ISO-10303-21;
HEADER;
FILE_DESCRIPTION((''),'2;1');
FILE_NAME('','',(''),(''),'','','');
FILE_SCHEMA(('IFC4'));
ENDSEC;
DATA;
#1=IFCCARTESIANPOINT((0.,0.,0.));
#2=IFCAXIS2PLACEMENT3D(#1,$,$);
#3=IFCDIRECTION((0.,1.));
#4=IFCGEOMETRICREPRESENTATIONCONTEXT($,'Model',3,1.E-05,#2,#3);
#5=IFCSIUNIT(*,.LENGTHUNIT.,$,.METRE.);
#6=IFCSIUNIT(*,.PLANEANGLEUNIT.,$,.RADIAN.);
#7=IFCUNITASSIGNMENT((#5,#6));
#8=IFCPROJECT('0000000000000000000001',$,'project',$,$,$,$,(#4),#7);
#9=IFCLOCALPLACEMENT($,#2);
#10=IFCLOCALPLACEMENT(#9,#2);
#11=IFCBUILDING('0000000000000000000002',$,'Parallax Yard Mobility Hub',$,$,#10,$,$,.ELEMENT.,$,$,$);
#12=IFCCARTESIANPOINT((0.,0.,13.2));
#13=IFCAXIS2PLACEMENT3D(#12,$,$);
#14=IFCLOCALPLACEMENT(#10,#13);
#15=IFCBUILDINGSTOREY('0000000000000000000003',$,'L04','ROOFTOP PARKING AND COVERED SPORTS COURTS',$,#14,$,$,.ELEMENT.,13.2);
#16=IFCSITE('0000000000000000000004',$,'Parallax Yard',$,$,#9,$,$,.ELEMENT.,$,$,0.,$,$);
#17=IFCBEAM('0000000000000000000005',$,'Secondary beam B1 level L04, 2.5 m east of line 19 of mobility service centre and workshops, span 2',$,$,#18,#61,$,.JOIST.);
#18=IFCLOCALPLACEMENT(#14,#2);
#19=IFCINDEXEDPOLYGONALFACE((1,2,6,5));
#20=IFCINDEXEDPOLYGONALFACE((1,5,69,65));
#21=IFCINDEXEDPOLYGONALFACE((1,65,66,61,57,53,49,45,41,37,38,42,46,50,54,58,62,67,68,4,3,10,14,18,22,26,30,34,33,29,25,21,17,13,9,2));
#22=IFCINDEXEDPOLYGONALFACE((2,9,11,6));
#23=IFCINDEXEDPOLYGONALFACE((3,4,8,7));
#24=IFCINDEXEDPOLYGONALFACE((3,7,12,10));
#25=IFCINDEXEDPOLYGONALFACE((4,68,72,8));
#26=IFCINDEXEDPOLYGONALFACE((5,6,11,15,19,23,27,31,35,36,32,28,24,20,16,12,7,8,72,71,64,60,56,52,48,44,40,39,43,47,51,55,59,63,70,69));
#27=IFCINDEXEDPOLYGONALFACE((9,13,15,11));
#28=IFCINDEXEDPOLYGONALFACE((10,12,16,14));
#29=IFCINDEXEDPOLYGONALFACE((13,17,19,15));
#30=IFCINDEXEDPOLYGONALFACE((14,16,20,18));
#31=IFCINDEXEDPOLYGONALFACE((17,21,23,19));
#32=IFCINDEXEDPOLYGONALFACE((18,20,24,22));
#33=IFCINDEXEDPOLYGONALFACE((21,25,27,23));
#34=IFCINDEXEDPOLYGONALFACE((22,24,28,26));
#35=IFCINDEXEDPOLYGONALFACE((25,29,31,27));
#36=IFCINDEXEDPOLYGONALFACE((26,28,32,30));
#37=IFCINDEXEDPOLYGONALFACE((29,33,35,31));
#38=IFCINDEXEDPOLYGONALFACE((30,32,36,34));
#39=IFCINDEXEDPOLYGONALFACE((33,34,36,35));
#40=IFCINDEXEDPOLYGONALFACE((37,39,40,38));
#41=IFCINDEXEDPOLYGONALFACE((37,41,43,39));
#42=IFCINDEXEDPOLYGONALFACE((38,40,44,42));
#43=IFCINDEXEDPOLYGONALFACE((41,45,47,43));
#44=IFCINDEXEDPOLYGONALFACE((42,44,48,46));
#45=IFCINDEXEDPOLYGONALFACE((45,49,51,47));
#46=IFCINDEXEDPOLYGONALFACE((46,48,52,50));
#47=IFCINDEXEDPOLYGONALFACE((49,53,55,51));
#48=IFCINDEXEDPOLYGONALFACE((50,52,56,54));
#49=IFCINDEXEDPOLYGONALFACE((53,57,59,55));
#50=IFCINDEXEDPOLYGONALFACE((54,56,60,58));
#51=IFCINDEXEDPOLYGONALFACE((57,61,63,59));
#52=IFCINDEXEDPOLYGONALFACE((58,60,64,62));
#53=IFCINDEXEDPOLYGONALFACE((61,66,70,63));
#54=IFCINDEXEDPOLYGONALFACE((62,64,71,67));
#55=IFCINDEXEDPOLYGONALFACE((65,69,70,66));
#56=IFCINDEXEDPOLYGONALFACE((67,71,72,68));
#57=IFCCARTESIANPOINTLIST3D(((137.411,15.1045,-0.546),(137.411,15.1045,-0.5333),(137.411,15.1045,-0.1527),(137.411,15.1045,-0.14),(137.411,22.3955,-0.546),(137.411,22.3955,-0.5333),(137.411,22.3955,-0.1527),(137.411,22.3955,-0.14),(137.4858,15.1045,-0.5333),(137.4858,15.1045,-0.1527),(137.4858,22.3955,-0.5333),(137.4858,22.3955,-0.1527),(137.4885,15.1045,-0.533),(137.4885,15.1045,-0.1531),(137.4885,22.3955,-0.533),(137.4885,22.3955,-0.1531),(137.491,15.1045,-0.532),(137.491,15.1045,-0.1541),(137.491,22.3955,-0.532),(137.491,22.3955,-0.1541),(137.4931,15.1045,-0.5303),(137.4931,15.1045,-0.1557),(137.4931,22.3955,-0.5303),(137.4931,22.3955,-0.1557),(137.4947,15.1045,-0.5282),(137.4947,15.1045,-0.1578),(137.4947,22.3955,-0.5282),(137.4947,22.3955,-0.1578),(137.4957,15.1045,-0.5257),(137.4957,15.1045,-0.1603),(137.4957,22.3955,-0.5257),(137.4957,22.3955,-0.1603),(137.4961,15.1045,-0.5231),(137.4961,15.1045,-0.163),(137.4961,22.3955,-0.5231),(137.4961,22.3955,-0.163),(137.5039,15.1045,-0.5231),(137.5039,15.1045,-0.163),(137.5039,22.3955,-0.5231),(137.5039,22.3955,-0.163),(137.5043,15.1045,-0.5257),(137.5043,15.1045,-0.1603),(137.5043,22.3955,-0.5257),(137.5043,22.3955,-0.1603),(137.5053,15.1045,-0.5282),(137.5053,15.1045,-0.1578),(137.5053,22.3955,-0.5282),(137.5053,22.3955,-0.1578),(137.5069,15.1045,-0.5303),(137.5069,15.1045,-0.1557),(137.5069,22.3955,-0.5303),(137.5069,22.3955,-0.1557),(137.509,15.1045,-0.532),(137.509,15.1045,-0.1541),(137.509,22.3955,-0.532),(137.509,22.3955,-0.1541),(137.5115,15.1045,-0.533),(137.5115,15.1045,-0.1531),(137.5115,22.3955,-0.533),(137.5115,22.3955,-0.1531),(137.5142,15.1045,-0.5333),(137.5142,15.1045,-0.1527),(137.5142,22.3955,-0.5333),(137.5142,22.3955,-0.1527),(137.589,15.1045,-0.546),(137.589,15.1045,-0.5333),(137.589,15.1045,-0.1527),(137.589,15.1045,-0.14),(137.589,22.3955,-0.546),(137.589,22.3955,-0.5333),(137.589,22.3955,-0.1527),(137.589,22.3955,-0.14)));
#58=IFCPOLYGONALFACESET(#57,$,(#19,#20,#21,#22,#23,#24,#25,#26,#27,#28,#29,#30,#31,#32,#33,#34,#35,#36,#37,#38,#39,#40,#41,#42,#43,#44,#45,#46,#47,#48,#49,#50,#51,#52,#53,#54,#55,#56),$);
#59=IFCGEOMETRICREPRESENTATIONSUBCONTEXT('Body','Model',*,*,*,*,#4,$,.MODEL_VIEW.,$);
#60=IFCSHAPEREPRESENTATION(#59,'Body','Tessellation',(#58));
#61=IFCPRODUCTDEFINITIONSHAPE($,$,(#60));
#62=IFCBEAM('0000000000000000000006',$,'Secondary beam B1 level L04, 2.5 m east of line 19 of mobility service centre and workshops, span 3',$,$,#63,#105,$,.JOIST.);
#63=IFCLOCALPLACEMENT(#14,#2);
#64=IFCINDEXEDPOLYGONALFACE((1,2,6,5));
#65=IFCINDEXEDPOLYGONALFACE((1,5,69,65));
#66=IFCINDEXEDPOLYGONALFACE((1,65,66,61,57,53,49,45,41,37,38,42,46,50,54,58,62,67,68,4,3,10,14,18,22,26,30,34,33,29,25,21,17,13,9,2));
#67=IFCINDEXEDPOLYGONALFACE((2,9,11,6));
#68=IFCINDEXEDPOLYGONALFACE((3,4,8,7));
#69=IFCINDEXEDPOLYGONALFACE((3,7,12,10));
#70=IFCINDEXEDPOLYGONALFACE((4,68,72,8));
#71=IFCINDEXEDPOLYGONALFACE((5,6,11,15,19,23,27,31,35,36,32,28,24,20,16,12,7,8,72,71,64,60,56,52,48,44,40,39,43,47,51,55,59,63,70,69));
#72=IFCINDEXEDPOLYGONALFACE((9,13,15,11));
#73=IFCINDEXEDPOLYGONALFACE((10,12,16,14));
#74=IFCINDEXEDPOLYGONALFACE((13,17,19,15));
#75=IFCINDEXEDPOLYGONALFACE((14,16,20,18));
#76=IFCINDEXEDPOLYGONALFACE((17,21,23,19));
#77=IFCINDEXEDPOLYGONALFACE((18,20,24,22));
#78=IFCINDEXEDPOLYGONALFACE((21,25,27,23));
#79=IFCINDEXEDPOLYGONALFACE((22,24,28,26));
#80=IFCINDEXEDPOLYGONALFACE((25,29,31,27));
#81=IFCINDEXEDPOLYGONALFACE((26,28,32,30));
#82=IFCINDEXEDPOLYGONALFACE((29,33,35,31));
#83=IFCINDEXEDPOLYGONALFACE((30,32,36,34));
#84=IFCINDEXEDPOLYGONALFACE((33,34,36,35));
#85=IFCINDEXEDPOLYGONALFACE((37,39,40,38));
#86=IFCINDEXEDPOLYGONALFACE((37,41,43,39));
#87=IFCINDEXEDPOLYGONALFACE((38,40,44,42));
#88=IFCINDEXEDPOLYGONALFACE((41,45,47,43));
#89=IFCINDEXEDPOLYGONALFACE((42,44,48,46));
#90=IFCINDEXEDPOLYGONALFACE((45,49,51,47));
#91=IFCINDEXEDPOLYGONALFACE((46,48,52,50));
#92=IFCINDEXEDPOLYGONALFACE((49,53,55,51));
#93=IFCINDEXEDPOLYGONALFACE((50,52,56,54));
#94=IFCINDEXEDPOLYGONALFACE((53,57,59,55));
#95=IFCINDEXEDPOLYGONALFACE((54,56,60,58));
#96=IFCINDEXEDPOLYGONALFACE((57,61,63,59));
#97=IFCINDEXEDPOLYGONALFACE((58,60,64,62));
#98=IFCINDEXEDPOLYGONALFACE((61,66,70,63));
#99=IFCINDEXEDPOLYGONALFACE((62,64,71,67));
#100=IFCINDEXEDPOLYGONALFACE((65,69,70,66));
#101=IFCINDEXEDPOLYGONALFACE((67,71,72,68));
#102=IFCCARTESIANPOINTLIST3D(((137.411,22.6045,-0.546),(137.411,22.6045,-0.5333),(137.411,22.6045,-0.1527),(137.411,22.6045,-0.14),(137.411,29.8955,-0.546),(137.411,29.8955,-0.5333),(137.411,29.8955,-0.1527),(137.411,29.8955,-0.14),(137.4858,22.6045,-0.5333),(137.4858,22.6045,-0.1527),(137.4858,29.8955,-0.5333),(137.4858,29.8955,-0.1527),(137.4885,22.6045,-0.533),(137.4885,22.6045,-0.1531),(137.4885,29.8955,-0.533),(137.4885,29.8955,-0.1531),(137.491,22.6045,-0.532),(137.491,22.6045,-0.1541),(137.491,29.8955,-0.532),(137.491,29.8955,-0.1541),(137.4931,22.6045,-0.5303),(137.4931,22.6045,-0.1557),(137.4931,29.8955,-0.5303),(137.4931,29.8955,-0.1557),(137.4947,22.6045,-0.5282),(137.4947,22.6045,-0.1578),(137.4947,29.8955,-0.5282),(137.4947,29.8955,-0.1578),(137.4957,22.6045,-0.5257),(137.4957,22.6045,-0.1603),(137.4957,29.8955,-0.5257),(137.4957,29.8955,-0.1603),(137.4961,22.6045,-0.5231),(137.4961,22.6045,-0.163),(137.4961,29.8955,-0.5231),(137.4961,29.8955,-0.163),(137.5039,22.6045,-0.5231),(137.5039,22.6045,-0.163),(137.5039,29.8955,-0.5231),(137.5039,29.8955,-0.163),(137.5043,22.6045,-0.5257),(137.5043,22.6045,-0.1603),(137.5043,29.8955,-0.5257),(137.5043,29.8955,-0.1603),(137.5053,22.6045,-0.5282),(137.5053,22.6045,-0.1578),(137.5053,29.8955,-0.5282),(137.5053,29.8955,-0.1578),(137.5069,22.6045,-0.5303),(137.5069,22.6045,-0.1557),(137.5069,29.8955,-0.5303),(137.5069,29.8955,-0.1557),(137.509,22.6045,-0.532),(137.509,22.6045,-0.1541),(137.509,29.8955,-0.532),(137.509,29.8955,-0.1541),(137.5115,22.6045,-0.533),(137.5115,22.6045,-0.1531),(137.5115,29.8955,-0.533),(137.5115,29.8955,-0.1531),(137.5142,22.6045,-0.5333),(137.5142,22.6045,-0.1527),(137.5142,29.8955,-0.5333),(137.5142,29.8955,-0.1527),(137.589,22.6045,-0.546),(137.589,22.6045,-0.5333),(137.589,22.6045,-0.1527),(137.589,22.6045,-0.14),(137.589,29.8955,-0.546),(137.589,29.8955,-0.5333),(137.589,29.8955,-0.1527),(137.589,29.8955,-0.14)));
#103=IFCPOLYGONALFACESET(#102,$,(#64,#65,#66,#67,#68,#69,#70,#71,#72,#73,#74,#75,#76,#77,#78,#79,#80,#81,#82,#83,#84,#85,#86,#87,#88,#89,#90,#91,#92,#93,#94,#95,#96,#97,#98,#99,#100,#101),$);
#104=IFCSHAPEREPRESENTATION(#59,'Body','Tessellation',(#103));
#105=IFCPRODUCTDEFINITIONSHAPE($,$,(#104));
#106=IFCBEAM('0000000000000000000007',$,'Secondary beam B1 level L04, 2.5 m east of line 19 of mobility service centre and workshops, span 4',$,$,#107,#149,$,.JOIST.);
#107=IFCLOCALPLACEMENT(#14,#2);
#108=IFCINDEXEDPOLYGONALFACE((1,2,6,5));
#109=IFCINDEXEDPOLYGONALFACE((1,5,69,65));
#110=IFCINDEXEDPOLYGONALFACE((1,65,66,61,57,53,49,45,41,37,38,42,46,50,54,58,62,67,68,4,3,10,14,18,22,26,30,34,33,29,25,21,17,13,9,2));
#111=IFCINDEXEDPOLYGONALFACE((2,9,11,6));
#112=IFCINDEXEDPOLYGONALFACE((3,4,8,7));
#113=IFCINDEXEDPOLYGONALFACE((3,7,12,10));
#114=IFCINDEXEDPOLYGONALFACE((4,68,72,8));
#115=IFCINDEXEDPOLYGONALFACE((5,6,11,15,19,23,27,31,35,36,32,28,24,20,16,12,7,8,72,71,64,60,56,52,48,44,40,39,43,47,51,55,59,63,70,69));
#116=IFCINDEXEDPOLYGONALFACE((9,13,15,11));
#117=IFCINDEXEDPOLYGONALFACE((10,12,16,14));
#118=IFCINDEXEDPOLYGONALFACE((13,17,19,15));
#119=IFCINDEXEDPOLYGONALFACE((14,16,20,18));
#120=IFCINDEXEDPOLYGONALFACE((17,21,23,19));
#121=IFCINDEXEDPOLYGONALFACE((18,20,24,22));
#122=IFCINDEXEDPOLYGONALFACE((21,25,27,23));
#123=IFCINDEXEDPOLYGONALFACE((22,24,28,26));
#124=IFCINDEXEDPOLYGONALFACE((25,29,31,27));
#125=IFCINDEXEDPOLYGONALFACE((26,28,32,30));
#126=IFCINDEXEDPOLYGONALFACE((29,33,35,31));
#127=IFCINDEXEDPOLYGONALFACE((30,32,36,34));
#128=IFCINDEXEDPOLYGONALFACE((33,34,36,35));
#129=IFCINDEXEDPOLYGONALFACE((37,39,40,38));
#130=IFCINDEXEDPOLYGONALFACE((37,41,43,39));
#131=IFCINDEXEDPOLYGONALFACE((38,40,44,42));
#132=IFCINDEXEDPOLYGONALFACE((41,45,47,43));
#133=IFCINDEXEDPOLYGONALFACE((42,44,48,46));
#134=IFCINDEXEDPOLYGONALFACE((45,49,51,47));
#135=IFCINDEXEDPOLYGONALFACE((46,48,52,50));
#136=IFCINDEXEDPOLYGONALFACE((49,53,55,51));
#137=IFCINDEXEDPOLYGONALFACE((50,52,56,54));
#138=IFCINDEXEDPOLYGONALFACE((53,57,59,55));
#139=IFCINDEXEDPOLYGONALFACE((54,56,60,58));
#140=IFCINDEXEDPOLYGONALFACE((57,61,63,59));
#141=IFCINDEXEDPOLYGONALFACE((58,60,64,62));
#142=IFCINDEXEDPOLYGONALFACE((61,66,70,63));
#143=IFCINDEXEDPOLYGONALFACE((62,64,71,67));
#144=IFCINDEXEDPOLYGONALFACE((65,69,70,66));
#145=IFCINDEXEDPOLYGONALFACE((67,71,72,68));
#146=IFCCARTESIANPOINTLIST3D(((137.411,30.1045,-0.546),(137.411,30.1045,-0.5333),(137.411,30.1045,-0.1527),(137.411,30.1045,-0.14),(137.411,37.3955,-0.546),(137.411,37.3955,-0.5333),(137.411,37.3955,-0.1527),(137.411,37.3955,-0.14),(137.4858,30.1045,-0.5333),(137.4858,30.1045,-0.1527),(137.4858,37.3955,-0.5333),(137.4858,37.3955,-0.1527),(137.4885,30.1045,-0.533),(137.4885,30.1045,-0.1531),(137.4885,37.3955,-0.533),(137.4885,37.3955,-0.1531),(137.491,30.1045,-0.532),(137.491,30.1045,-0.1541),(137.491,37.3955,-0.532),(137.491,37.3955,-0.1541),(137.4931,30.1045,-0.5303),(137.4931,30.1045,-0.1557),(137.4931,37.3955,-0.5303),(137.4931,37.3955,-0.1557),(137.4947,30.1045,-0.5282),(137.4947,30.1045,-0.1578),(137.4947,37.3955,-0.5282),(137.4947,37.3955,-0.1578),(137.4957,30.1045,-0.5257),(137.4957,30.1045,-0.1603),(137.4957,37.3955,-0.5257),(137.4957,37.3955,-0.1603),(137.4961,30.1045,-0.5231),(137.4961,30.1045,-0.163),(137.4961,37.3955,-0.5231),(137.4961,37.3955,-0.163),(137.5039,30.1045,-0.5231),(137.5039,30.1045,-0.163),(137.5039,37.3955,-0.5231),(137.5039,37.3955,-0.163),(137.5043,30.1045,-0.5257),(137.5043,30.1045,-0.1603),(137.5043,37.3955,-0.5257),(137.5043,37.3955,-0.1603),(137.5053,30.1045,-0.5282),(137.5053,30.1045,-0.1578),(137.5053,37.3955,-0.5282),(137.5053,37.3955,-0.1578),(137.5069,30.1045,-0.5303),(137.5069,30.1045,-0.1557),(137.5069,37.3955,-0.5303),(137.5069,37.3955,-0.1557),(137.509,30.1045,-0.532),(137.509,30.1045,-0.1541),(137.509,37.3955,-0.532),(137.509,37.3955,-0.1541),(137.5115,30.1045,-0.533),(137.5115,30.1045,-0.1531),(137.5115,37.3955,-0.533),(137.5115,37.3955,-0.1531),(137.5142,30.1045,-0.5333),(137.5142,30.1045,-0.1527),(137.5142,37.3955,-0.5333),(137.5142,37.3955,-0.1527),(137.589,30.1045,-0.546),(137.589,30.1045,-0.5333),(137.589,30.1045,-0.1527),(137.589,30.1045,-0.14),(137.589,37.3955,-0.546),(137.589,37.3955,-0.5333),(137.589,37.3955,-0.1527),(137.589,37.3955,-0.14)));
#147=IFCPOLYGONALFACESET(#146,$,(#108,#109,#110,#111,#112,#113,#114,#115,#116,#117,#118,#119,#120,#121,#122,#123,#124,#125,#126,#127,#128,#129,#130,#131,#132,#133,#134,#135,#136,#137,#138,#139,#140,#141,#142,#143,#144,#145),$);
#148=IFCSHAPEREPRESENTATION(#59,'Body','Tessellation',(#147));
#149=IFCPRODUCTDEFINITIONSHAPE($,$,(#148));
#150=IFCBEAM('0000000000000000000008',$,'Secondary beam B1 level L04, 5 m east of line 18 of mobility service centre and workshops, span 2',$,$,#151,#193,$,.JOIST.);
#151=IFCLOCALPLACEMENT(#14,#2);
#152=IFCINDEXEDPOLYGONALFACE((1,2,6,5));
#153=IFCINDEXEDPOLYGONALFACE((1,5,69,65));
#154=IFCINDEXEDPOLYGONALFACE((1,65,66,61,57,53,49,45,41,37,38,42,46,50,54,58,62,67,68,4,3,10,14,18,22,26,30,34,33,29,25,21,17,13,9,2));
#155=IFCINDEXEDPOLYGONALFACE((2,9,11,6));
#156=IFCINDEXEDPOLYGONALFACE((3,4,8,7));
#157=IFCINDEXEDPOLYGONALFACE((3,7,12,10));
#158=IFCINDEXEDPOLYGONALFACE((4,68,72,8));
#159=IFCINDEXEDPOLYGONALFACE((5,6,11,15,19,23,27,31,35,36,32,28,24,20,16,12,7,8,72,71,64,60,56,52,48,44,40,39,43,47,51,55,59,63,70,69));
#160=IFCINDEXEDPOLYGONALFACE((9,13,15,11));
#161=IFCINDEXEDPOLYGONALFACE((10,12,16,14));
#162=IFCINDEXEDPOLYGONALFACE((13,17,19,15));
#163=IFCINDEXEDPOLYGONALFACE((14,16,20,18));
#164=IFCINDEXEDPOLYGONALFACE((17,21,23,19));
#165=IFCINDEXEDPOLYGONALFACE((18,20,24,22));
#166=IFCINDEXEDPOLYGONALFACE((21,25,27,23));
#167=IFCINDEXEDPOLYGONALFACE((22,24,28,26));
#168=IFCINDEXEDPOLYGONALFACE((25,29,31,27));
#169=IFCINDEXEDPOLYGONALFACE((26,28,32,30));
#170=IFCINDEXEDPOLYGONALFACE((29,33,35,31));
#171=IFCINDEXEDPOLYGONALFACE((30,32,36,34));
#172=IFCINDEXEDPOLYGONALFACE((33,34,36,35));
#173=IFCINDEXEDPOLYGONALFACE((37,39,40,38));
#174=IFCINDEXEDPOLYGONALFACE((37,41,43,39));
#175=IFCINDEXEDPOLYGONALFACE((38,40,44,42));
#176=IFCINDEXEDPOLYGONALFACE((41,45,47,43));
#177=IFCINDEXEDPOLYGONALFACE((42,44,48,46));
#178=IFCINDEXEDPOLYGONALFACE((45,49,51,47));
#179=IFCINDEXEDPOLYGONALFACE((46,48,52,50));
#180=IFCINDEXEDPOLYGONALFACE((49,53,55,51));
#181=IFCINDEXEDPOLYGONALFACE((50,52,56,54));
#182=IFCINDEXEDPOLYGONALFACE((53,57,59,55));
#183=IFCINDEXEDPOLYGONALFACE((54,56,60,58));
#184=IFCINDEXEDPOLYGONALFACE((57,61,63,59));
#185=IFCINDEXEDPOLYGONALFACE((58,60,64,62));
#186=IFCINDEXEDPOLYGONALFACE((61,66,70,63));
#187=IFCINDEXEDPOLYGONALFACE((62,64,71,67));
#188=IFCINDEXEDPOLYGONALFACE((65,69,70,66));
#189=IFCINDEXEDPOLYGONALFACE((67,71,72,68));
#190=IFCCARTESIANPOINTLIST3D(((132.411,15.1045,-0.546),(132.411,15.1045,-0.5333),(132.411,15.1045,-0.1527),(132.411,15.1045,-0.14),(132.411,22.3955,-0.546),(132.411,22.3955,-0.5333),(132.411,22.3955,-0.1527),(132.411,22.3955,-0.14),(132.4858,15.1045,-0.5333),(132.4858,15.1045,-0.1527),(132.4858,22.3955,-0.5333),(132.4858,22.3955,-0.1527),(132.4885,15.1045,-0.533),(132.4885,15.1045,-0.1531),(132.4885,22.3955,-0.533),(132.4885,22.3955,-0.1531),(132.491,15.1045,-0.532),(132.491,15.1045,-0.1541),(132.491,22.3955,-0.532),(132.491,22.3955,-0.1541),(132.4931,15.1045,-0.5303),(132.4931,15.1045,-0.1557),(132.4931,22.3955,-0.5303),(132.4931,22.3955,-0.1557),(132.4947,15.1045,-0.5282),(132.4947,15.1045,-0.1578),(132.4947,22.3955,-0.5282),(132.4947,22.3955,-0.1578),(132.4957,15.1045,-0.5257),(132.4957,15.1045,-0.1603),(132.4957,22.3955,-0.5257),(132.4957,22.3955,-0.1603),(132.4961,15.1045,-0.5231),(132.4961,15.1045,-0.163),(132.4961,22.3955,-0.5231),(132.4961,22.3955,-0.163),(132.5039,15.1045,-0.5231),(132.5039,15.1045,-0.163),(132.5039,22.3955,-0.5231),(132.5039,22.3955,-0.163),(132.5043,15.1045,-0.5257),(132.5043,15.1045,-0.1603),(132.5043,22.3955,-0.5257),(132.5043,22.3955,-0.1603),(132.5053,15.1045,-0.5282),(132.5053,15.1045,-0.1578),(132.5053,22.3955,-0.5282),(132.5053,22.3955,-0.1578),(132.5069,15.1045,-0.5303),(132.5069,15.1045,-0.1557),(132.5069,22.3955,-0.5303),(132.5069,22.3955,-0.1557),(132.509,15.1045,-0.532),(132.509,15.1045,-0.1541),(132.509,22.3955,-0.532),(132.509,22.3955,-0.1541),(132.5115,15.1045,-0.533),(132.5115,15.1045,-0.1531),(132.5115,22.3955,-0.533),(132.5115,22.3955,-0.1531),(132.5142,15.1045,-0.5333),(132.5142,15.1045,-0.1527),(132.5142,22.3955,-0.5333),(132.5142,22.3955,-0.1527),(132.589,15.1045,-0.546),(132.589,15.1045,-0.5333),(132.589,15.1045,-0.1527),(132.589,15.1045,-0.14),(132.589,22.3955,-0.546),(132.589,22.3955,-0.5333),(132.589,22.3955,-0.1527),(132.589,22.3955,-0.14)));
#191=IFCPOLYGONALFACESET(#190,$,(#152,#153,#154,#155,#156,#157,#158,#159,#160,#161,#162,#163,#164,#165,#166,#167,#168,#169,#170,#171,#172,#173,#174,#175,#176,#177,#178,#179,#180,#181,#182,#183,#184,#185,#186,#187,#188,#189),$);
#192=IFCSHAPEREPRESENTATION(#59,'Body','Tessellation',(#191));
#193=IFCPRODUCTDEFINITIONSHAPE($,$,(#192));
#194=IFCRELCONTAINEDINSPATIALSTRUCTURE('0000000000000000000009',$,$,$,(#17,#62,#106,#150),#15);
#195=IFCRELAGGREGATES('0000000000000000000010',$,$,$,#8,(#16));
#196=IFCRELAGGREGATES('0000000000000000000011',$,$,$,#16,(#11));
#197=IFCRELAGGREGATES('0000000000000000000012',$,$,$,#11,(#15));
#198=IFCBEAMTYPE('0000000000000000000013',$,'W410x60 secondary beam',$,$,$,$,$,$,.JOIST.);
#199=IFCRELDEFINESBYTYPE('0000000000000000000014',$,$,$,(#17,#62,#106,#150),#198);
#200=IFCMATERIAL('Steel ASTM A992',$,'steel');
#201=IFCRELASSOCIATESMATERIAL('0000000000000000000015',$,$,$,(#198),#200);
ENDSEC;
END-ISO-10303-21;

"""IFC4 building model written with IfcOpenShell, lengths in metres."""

from ifc_helpers import new_model, si_unit, direction, frame, origin, origin_2d, place, context, subcontext, project, spatial, i_section, extrude, material, material_profile, profile_set, type_object, element, save


model = new_model("IFC4")

# Units and contexts
model_context = context("Model", 3, precision=1e-05, world=origin(), true_north=direction((0.0, 1.0)))
body_context = subcontext(model_context, "Body", "Model", "MODEL_VIEW")
ifc_project = project(units=[si_unit("LENGTHUNIT", "METRE"), si_unit("PLANEANGLEUNIT", "RADIAN")], contexts=[model_context])

# Site, building, storey
site_placement = place(None, origin())
site = spatial("IfcSite", under=ifc_project, at=site_placement, Name="Parallax Yard", CompositionType="ELEMENT", RefElevation=0.0)
building_placement = place(site_placement, origin())
building = spatial("IfcBuilding", under=site, at=building_placement, Name="Parallax Yard Mobility Hub", CompositionType="ELEMENT")
storey_placement = place(building_placement, frame((0.0, 0.0, 13.2)))
storey = spatial("IfcBuildingStorey", under=building, at=storey_placement, Name="L04", Description="ROOFTOP PARKING AND COVERED SPORTS COURTS", CompositionType="ELEMENT", Elevation=13.2)

# Beams
ifc_material_1 = material(Name="Steel ASTM A992", Category="steel")
ifc_material_profile_1 = material_profile(ifc_material_1, i_section(OverallWidth=0.178, OverallDepth=0.406, WebThickness=0.0078, FlangeThickness=0.0127, FilletRadius=0.0103, at=origin_2d()), Name="W410x60")
ifc_profile_set_1 = profile_set([ifc_material_profile_1], Name="Steel ASTM A992")
beam_type_1 = type_object("IfcBeamType", Name="W410x60 secondary beam", PredefinedType="JOIST", material=ifc_profile_set_1)
for number, where, z_axis, x_axis, name in (
    (1, (137.5, 15.1045, -0.343), (0.0, 1.0, 0.0), (-1.0, 0.0, 0.0), "Secondary beam B1 level L04, 2.5 m east of line 19 of mobility service centre and workshops, span 2"),
    (2, (137.5, 22.6045, -0.343), (0.0, 1.0, 0.0), (-1.0, 0.0, 0.0), "Secondary beam B1 level L04, 2.5 m east of line 19 of mobility service centre and workshops, span 3"),
    (3, (137.5, 30.1045, -0.343), (0.0, 1.0, 0.0), (-1.0, 0.0, 0.0), "Secondary beam B1 level L04, 2.5 m east of line 19 of mobility service centre and workshops, span 4"),
    (4, (132.5, 15.1045, -0.343), (0.0, 1.0, 0.0), (-1.0, 0.0, 0.0), "Secondary beam B1 level L04, 5 m east of line 18 of mobility service centre and workshops, span 2"),
):
    element("IfcBeam", number, at=place(storey_placement, frame(where, z_axis=z_axis, x_axis=x_axis)), inside=storey, type_object=beam_type_1, Name=name, PredefinedType="JOIST", context=body_context, shape_type="SweptSolid", body=[
        extrude(i_section(OverallWidth=0.178, OverallDepth=0.406, WebThickness=0.0078, FlangeThickness=0.0127, FilletRadius=0.0103, at=origin_2d()), origin(), (0.0, 0.0, 1.0), 7.291),
    ])

save(model, "model.ifc")
